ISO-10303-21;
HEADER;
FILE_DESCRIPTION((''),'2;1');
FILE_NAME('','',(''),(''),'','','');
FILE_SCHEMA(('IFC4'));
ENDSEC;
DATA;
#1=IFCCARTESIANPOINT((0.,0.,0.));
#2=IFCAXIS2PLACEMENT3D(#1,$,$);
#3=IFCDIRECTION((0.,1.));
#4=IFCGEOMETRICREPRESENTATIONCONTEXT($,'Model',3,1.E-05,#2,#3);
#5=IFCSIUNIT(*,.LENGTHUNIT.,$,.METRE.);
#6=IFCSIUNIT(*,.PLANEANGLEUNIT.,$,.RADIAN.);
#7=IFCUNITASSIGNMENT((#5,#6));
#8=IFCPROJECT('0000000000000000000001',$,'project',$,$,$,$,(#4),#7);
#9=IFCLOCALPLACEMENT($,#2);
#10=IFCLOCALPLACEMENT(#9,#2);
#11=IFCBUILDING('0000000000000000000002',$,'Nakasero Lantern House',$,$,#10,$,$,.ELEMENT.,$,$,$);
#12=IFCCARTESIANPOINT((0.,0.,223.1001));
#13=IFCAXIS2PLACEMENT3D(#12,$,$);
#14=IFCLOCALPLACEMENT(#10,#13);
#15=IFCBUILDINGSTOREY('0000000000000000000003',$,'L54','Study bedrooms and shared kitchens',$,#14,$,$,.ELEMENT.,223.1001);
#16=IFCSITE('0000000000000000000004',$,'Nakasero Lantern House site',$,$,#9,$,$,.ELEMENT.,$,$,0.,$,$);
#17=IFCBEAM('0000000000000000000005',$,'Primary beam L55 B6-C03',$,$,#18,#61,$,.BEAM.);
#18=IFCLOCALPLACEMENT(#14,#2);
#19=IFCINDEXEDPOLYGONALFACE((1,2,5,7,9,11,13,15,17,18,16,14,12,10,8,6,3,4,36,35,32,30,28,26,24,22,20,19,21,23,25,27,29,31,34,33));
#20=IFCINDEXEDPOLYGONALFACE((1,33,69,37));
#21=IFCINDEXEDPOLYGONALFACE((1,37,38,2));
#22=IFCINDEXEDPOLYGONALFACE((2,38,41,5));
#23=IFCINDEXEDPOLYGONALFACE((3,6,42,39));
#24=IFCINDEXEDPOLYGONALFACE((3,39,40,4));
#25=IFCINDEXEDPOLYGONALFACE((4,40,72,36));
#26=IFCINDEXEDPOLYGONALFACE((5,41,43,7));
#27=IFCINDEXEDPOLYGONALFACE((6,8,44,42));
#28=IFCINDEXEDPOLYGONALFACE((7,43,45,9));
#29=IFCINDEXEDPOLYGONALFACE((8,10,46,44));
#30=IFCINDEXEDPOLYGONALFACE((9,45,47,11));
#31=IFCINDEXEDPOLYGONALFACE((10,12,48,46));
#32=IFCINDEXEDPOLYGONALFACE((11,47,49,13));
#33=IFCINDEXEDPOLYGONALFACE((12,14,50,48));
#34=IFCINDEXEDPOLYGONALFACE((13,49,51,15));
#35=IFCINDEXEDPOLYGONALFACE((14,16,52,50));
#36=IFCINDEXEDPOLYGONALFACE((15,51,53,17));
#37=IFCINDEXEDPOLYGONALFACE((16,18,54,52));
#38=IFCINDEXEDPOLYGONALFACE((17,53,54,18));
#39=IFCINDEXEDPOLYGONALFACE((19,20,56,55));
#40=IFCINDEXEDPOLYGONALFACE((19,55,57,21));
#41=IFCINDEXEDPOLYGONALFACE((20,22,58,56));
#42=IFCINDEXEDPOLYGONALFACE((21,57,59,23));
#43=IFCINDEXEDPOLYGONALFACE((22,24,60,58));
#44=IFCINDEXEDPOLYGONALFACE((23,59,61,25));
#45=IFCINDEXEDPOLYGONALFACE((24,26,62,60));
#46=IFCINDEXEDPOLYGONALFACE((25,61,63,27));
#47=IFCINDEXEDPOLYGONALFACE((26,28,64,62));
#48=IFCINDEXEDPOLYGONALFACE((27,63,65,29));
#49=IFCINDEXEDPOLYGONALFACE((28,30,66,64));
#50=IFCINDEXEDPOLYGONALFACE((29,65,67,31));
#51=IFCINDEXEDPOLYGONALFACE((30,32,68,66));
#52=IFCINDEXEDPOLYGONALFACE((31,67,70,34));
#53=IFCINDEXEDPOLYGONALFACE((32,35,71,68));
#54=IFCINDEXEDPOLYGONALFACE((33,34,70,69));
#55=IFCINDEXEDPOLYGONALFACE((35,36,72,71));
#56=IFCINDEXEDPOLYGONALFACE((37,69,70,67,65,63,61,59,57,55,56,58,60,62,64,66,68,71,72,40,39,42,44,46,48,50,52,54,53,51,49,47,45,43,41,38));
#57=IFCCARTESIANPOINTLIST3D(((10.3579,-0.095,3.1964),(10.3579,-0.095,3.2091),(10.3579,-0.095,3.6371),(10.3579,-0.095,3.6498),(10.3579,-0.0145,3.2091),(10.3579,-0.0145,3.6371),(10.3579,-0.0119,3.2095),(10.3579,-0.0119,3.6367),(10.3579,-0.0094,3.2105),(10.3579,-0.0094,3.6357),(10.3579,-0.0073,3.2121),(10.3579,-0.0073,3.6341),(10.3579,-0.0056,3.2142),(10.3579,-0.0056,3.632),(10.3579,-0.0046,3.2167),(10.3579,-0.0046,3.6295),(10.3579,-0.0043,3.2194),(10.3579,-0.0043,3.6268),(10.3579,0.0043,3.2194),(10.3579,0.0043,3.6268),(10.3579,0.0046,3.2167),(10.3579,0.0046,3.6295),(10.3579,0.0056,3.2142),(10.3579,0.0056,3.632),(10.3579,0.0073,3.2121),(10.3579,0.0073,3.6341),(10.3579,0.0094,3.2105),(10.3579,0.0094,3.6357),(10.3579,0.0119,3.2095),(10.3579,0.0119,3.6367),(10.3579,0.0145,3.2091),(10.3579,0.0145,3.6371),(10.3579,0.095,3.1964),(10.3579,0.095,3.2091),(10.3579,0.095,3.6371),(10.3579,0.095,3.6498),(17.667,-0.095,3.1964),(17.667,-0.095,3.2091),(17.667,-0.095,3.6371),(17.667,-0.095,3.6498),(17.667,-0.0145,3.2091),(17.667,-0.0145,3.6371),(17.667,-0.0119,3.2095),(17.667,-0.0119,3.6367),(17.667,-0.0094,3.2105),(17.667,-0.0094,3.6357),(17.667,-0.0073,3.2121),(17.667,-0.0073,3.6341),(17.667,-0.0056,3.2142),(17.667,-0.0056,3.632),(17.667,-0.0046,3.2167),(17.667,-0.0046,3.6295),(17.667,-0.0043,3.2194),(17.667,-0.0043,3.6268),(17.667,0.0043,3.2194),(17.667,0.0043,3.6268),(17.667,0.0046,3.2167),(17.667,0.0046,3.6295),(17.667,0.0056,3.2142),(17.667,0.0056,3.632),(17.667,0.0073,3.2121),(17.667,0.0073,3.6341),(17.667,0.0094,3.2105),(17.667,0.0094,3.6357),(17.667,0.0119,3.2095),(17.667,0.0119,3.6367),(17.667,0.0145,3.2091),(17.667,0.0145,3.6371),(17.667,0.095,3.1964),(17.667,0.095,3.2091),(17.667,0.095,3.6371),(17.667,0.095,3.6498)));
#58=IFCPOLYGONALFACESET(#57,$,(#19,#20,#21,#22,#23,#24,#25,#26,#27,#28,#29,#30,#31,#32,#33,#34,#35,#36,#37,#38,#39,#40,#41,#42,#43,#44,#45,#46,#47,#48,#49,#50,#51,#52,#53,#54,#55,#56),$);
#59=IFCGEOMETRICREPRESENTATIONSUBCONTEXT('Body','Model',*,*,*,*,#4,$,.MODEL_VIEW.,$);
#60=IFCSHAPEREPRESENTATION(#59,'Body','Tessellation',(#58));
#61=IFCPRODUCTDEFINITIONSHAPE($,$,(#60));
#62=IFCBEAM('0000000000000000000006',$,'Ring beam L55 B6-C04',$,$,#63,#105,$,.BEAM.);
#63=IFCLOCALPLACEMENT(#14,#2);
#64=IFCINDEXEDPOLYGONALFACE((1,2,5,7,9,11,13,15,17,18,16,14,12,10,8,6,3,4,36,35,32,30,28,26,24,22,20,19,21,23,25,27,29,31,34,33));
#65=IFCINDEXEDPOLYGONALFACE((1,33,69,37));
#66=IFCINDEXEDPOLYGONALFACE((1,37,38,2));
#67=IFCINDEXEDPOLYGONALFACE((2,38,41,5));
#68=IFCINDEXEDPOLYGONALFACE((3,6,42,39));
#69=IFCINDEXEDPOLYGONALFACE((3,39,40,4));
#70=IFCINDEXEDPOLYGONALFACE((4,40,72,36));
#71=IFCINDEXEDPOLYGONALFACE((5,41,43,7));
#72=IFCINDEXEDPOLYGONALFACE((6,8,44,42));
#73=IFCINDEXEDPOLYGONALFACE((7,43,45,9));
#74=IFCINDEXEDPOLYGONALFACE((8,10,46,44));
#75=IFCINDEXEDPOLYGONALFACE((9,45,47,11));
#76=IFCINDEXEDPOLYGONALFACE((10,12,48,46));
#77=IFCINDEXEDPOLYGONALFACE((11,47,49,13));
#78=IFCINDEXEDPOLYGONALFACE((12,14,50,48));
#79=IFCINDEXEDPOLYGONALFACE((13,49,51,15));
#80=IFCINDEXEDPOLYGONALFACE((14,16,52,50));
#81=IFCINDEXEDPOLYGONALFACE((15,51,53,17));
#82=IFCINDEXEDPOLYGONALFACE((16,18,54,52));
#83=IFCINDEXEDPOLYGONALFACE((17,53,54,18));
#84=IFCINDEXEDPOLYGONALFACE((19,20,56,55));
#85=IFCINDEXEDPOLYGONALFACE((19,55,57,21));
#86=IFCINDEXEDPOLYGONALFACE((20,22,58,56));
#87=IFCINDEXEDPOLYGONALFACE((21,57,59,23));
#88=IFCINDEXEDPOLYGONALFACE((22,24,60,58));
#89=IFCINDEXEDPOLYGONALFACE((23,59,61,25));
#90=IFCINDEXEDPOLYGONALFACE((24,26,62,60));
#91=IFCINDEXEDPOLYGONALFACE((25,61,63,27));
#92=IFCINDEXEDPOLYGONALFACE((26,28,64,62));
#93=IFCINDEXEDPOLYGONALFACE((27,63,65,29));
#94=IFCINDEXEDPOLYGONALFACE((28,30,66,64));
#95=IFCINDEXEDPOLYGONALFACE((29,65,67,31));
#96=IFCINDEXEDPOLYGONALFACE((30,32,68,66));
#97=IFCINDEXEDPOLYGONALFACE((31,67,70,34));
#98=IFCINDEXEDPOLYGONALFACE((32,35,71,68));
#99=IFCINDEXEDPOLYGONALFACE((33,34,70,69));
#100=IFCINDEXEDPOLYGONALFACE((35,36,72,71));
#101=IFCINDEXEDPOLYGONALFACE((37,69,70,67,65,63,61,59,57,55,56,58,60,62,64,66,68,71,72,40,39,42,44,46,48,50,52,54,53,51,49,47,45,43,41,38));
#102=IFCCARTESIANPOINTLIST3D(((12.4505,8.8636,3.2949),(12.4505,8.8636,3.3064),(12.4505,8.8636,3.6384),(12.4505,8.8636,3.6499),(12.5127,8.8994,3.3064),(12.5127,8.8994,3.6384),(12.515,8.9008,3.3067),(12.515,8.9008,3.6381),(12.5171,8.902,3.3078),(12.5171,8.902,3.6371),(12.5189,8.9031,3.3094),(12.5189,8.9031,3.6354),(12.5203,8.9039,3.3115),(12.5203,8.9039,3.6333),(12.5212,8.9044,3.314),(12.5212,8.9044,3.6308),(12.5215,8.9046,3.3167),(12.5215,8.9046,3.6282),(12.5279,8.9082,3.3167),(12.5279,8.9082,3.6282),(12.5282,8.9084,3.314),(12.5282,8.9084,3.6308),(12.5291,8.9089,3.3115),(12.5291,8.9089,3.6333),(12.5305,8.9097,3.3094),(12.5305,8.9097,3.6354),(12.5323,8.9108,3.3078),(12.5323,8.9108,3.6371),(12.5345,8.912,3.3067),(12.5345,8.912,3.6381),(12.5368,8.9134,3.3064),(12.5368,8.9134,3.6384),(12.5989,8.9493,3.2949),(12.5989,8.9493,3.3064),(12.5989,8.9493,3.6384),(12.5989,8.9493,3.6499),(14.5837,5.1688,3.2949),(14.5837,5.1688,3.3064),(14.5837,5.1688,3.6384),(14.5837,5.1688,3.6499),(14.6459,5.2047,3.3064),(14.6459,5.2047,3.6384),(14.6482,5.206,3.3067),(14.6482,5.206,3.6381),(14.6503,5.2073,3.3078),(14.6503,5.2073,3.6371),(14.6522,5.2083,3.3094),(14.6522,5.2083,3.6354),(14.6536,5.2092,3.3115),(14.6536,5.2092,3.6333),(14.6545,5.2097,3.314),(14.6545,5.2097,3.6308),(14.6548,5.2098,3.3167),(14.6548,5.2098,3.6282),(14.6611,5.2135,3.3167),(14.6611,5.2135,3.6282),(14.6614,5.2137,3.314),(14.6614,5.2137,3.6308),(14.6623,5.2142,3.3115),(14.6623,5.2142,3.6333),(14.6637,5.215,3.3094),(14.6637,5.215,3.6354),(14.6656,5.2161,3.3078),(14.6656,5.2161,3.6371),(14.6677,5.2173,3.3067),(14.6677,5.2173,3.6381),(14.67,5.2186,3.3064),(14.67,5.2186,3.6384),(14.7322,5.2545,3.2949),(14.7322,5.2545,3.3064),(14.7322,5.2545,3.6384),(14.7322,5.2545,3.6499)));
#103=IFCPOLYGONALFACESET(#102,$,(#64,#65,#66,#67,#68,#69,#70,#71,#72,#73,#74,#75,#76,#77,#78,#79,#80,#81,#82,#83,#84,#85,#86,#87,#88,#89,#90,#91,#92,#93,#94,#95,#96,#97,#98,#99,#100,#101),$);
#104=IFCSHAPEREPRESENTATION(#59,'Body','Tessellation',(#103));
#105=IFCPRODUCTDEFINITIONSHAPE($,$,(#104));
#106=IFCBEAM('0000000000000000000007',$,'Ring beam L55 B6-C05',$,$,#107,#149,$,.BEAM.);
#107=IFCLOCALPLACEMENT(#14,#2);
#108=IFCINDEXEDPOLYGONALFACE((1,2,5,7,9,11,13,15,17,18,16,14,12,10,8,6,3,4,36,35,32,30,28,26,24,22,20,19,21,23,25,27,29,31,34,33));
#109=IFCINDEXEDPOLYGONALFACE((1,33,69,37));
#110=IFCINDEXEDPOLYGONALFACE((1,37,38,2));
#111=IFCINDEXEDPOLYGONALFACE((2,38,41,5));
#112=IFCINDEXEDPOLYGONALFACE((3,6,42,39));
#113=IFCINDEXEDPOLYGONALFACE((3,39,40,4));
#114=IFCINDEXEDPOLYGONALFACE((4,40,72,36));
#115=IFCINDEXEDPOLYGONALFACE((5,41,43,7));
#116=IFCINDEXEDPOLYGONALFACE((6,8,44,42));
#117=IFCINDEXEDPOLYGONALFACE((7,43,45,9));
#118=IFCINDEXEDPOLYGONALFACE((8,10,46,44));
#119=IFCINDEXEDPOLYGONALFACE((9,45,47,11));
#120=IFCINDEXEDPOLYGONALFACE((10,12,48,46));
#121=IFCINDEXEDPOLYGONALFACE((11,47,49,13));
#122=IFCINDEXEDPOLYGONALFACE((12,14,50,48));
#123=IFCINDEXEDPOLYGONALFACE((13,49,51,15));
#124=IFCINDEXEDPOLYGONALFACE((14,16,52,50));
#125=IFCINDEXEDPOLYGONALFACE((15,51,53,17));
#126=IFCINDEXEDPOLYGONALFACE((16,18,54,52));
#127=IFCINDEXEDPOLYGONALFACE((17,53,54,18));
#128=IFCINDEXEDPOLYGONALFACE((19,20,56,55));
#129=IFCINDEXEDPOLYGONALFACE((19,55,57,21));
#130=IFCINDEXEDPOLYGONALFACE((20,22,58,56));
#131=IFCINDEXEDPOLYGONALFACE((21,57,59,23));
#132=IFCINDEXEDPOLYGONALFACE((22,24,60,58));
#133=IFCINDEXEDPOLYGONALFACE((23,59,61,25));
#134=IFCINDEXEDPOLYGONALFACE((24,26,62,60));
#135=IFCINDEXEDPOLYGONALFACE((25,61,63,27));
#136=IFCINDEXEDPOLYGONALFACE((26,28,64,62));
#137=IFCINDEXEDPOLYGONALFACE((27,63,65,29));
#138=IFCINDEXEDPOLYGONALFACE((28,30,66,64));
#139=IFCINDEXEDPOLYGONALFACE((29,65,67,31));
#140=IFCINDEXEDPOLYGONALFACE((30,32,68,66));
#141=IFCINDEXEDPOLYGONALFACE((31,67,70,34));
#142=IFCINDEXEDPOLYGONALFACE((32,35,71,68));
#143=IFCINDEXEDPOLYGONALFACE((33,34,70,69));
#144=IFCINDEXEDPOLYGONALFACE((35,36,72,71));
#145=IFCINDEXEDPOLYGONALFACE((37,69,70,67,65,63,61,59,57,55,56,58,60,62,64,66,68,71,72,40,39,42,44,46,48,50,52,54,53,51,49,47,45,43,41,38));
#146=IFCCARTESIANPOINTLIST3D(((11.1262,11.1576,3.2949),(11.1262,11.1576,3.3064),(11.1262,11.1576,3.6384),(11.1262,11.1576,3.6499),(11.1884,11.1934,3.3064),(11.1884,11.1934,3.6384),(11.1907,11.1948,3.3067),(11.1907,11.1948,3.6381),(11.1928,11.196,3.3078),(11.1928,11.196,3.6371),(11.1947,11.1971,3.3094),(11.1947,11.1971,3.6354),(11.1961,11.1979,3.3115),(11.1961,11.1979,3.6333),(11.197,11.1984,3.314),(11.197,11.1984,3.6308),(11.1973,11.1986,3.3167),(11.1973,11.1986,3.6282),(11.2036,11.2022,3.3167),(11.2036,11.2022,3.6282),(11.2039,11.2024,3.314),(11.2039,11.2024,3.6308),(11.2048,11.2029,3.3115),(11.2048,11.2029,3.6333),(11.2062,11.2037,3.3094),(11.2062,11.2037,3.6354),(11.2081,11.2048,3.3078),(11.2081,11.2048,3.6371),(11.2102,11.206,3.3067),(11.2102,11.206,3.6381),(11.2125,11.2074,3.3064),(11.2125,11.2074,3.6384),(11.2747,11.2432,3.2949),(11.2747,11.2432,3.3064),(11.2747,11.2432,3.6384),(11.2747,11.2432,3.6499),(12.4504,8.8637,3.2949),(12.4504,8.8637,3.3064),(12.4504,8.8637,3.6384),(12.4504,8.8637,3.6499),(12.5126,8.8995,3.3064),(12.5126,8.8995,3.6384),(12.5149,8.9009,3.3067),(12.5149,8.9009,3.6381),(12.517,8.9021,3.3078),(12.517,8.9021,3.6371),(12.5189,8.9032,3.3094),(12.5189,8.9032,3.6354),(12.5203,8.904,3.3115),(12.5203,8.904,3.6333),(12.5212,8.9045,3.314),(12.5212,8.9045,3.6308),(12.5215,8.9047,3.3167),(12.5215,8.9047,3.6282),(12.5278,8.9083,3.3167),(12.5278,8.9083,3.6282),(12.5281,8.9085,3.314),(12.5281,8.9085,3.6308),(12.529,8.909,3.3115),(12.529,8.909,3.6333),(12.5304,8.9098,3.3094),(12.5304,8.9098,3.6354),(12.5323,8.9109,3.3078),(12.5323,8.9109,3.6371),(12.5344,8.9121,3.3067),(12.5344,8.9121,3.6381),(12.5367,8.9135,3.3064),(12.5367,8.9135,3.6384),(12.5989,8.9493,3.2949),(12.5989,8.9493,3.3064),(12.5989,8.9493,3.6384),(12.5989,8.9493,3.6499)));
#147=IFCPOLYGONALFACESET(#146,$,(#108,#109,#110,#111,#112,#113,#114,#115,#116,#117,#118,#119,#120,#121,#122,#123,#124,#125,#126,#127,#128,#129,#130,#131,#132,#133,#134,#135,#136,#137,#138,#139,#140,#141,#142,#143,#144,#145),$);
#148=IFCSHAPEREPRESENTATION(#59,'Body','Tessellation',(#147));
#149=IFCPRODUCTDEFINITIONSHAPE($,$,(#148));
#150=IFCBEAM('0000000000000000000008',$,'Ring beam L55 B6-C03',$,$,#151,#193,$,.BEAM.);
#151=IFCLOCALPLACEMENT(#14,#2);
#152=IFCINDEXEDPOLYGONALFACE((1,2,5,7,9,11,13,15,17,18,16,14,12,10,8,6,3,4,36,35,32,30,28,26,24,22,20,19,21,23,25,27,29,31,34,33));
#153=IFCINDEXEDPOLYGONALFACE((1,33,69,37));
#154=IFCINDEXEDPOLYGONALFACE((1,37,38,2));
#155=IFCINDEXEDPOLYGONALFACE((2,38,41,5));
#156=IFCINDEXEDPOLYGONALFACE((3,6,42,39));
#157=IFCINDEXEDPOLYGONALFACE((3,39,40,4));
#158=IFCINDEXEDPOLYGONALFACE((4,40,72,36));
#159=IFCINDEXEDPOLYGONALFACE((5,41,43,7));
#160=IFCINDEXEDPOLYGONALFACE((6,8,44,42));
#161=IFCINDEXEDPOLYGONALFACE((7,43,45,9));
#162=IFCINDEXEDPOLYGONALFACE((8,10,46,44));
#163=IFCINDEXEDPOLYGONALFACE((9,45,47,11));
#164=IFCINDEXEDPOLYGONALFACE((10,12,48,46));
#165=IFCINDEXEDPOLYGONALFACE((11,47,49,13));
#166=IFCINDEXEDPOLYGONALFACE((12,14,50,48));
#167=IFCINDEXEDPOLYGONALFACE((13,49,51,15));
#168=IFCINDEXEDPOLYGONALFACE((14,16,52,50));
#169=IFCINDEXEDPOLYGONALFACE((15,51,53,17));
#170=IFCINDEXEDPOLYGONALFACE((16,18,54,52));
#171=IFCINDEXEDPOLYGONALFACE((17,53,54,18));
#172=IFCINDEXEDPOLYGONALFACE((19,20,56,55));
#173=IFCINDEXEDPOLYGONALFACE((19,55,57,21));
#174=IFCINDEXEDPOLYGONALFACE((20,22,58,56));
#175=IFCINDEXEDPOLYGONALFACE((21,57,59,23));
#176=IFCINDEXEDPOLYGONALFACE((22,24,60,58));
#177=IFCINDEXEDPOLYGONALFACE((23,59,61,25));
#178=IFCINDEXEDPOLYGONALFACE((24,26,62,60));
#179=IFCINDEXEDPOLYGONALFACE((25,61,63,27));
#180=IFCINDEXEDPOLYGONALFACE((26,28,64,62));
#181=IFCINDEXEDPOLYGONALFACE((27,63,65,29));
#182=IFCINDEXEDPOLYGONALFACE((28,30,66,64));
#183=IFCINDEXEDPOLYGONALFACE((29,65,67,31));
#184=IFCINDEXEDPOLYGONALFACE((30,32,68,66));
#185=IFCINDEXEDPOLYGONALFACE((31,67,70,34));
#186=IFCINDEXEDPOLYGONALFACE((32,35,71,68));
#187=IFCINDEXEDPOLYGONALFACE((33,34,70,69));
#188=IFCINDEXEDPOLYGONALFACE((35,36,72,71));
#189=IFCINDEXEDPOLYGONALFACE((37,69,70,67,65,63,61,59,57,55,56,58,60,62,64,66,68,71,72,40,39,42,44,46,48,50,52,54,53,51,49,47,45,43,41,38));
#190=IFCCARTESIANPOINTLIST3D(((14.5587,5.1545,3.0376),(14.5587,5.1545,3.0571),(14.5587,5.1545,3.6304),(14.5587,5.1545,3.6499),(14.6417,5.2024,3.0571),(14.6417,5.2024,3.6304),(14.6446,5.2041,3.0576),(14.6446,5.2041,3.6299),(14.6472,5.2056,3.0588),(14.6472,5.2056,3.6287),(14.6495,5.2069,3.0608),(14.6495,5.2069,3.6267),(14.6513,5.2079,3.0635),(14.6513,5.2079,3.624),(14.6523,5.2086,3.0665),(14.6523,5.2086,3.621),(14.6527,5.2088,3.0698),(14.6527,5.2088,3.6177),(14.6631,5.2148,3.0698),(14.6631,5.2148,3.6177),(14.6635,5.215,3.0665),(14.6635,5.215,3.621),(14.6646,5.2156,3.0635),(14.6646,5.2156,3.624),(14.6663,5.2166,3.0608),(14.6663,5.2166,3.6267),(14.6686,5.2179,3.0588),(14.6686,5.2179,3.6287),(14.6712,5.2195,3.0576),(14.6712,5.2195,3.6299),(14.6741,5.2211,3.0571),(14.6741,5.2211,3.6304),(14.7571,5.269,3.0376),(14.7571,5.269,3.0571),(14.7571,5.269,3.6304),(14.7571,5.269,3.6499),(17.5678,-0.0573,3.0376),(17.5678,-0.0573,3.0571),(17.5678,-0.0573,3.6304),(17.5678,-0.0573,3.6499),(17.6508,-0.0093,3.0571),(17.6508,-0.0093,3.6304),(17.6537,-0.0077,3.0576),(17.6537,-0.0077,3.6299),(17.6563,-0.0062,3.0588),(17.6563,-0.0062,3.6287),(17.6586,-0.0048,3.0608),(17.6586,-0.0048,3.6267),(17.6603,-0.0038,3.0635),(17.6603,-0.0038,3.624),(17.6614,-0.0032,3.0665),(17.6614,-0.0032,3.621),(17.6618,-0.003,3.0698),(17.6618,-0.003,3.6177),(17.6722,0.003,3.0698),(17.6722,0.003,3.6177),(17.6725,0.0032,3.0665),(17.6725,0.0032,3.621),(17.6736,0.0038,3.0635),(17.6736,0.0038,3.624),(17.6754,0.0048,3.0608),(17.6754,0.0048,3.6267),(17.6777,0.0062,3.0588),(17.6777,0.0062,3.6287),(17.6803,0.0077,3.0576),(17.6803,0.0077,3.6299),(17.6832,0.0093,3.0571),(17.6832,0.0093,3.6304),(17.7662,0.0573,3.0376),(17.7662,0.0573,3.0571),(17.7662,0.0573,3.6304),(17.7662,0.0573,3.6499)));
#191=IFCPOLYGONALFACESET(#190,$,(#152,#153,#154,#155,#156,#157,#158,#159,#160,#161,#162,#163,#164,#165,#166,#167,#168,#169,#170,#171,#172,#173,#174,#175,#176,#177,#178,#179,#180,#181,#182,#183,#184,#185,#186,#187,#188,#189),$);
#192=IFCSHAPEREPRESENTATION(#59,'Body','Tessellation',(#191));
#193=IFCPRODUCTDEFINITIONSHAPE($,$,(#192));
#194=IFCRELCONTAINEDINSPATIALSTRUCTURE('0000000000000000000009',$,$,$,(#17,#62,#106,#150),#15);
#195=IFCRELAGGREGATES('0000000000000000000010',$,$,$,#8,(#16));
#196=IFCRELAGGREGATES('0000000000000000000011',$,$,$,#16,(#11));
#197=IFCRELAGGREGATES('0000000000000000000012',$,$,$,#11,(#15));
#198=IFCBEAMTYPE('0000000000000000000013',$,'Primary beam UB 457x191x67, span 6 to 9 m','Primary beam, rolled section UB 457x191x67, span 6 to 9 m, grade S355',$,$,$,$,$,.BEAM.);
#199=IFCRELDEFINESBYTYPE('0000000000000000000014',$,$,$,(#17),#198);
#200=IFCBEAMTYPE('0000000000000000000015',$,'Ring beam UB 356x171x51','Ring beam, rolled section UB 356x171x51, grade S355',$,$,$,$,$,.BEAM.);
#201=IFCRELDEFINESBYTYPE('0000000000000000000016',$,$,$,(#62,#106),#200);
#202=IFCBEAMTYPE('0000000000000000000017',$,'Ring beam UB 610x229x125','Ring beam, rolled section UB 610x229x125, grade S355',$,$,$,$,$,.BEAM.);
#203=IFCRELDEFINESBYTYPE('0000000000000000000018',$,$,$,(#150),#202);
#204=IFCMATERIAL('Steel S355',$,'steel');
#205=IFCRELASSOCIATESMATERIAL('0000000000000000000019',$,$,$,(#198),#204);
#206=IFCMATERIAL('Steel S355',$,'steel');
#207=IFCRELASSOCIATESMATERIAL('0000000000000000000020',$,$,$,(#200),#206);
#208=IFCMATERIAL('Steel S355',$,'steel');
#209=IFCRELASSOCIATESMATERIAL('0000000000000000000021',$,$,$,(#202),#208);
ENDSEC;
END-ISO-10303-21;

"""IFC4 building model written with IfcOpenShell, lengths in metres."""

from ifc_helpers import new_model, si_unit, direction, frame, origin, origin_2d, place, context, subcontext, project, spatial, i_section, extrude, material, material_profile, profile_set, type_object, element, save


model = new_model("IFC4")

# Units and contexts
model_context = context("Model", 3, precision=1e-05, world=origin(), true_north=direction((0.0, 1.0)))
body_context = subcontext(model_context, "Body", "Model", "MODEL_VIEW")
ifc_project = project(units=[si_unit("LENGTHUNIT", "METRE"), si_unit("PLANEANGLEUNIT", "RADIAN")], contexts=[model_context])

# Site, building, storey
site_placement = place(None, origin())
site = spatial("IfcSite", under=ifc_project, at=site_placement, Name="Nakasero Lantern House site", CompositionType="ELEMENT", RefElevation=0.0)
building_placement = place(site_placement, origin())
building = spatial("IfcBuilding", under=site, at=building_placement, Name="Nakasero Lantern House", CompositionType="ELEMENT")
storey_placement = place(building_placement, frame((0.0, 0.0, 223.1001)))
storey = spatial("IfcBuildingStorey", under=building, at=storey_placement, Name="L54", Description="Study bedrooms and shared kitchens", CompositionType="ELEMENT", Elevation=223.1001)

# Beams
ifc_material_1 = material(Name="Steel S355", Category="steel")
ifc_material_profile_1 = material_profile(ifc_material_1, i_section(OverallWidth=0.1899, OverallDepth=0.4534, WebThickness=0.0085, FlangeThickness=0.0127, FilletRadius=0.0103, at=origin_2d()), Name="UB 457x191x67")
ifc_profile_set_1 = profile_set([ifc_material_profile_1], Name="Steel S355")
beam_type_1 = type_object("IfcBeamType", Name="Primary beam UB 457x191x67, span 6 to 9 m", Description="Primary beam, rolled section UB 457x191x67, span 6 to 9 m, grade S355", PredefinedType="BEAM", material=ifc_profile_set_1)
beam_1_placement = place(storey_placement, frame((17.667, 0.0, 3.4231), z_axis=(-1.0, 0.0, 0.0), x_axis=(0.0, -1.0, 0.0)))
element("IfcBeam", 1, at=beam_1_placement, inside=storey, type_object=beam_type_1, Name="Primary beam L55 B6-C03", PredefinedType="BEAM", context=body_context, shape_type="SweptSolid", body=[
    extrude(i_section(OverallWidth=0.1899, OverallDepth=0.4534, WebThickness=0.0085, FlangeThickness=0.0127, FilletRadius=0.0103, at=origin_2d()), origin(), (0.0, 0.0, 1.0), 7.3091),
])
ifc_material_2 = material(Name="Steel S355", Category="steel")
ifc_material_profile_2 = material_profile(ifc_material_2, i_section(OverallWidth=0.1714, OverallDepth=0.355, WebThickness=0.0073, FlangeThickness=0.0115, FilletRadius=0.0103, at=origin_2d()), Name="UB 356x171x51")
ifc_profile_set_2 = profile_set([ifc_material_profile_2], Name="Steel S355")
beam_type_2 = type_object("IfcBeamType", Name="Ring beam UB 356x171x51", Description="Ring beam, rolled section UB 356x171x51, grade S355", PredefinedType="BEAM", material=ifc_profile_set_2)
beam_2_placement = place(storey_placement, frame((14.658, 5.2117, 3.4724), z_axis=(-0.500016, 0.866016, 0.0), x_axis=(-0.866016, -0.500016, 0.0)))
element("IfcBeam", 2, at=beam_2_placement, inside=storey, type_object=beam_type_2, Name="Ring beam L55 B6-C04", PredefinedType="BEAM", context=body_context, shape_type="SweptSolid", body=[
    extrude(i_section(OverallWidth=0.1714, OverallDepth=0.355, WebThickness=0.0073, FlangeThickness=0.0115, FilletRadius=0.0103, at=origin_2d()), origin(), (0.0, 0.0, 1.0), 4.2664),
])
beam_3_placement = place(storey_placement, frame((12.5247, 8.9065, 3.4724), z_axis=(-0.499946, 0.866057, 0.0), x_axis=(-0.866057, -0.499946, 0.0)))
element("IfcBeam", 3, at=beam_3_placement, inside=storey, type_object=beam_type_2, Name="Ring beam L55 B6-C05", PredefinedType="BEAM", context=body_context, shape_type="SweptSolid", body=[
    extrude(i_section(OverallWidth=0.1714, OverallDepth=0.355, WebThickness=0.0073, FlangeThickness=0.0115, FilletRadius=0.0103, at=origin_2d()), origin(), (0.0, 0.0, 1.0), 2.6487),
])
ifc_material_3 = material(Name="Steel S355", Category="steel")
ifc_material_profile_3 = material_profile(ifc_material_3, i_section(OverallWidth=0.229, OverallDepth=0.6123, WebThickness=0.012, FlangeThickness=0.0195, FilletRadius=0.0127, at=origin_2d()), Name="UB 610x229x125")
ifc_profile_set_3 = profile_set([ifc_material_profile_3], Name="Steel S355")
beam_type_3 = type_object("IfcBeamType", Name="Ring beam UB 610x229x125", Description="Ring beam, rolled section UB 610x229x125, grade S355", PredefinedType="BEAM", material=ifc_profile_set_3)
beam_4_placement = place(storey_placement, frame((17.667, 0.0, 3.3438), z_axis=(-0.500009, 0.86602, 0.0), x_axis=(-0.86602, -0.500009, 0.0)))
element("IfcBeam", 4, at=beam_4_placement, inside=storey, type_object=beam_type_3, Name="Ring beam L55 B6-C03", PredefinedType="BEAM", context=body_context, shape_type="SweptSolid", body=[
    extrude(i_section(OverallWidth=0.229, OverallDepth=0.6123, WebThickness=0.012, FlangeThickness=0.0195, FilletRadius=0.0127, at=origin_2d()), origin(), (0.0, 0.0, 1.0), 6.0181),
])

save(model, "model.ifc")
